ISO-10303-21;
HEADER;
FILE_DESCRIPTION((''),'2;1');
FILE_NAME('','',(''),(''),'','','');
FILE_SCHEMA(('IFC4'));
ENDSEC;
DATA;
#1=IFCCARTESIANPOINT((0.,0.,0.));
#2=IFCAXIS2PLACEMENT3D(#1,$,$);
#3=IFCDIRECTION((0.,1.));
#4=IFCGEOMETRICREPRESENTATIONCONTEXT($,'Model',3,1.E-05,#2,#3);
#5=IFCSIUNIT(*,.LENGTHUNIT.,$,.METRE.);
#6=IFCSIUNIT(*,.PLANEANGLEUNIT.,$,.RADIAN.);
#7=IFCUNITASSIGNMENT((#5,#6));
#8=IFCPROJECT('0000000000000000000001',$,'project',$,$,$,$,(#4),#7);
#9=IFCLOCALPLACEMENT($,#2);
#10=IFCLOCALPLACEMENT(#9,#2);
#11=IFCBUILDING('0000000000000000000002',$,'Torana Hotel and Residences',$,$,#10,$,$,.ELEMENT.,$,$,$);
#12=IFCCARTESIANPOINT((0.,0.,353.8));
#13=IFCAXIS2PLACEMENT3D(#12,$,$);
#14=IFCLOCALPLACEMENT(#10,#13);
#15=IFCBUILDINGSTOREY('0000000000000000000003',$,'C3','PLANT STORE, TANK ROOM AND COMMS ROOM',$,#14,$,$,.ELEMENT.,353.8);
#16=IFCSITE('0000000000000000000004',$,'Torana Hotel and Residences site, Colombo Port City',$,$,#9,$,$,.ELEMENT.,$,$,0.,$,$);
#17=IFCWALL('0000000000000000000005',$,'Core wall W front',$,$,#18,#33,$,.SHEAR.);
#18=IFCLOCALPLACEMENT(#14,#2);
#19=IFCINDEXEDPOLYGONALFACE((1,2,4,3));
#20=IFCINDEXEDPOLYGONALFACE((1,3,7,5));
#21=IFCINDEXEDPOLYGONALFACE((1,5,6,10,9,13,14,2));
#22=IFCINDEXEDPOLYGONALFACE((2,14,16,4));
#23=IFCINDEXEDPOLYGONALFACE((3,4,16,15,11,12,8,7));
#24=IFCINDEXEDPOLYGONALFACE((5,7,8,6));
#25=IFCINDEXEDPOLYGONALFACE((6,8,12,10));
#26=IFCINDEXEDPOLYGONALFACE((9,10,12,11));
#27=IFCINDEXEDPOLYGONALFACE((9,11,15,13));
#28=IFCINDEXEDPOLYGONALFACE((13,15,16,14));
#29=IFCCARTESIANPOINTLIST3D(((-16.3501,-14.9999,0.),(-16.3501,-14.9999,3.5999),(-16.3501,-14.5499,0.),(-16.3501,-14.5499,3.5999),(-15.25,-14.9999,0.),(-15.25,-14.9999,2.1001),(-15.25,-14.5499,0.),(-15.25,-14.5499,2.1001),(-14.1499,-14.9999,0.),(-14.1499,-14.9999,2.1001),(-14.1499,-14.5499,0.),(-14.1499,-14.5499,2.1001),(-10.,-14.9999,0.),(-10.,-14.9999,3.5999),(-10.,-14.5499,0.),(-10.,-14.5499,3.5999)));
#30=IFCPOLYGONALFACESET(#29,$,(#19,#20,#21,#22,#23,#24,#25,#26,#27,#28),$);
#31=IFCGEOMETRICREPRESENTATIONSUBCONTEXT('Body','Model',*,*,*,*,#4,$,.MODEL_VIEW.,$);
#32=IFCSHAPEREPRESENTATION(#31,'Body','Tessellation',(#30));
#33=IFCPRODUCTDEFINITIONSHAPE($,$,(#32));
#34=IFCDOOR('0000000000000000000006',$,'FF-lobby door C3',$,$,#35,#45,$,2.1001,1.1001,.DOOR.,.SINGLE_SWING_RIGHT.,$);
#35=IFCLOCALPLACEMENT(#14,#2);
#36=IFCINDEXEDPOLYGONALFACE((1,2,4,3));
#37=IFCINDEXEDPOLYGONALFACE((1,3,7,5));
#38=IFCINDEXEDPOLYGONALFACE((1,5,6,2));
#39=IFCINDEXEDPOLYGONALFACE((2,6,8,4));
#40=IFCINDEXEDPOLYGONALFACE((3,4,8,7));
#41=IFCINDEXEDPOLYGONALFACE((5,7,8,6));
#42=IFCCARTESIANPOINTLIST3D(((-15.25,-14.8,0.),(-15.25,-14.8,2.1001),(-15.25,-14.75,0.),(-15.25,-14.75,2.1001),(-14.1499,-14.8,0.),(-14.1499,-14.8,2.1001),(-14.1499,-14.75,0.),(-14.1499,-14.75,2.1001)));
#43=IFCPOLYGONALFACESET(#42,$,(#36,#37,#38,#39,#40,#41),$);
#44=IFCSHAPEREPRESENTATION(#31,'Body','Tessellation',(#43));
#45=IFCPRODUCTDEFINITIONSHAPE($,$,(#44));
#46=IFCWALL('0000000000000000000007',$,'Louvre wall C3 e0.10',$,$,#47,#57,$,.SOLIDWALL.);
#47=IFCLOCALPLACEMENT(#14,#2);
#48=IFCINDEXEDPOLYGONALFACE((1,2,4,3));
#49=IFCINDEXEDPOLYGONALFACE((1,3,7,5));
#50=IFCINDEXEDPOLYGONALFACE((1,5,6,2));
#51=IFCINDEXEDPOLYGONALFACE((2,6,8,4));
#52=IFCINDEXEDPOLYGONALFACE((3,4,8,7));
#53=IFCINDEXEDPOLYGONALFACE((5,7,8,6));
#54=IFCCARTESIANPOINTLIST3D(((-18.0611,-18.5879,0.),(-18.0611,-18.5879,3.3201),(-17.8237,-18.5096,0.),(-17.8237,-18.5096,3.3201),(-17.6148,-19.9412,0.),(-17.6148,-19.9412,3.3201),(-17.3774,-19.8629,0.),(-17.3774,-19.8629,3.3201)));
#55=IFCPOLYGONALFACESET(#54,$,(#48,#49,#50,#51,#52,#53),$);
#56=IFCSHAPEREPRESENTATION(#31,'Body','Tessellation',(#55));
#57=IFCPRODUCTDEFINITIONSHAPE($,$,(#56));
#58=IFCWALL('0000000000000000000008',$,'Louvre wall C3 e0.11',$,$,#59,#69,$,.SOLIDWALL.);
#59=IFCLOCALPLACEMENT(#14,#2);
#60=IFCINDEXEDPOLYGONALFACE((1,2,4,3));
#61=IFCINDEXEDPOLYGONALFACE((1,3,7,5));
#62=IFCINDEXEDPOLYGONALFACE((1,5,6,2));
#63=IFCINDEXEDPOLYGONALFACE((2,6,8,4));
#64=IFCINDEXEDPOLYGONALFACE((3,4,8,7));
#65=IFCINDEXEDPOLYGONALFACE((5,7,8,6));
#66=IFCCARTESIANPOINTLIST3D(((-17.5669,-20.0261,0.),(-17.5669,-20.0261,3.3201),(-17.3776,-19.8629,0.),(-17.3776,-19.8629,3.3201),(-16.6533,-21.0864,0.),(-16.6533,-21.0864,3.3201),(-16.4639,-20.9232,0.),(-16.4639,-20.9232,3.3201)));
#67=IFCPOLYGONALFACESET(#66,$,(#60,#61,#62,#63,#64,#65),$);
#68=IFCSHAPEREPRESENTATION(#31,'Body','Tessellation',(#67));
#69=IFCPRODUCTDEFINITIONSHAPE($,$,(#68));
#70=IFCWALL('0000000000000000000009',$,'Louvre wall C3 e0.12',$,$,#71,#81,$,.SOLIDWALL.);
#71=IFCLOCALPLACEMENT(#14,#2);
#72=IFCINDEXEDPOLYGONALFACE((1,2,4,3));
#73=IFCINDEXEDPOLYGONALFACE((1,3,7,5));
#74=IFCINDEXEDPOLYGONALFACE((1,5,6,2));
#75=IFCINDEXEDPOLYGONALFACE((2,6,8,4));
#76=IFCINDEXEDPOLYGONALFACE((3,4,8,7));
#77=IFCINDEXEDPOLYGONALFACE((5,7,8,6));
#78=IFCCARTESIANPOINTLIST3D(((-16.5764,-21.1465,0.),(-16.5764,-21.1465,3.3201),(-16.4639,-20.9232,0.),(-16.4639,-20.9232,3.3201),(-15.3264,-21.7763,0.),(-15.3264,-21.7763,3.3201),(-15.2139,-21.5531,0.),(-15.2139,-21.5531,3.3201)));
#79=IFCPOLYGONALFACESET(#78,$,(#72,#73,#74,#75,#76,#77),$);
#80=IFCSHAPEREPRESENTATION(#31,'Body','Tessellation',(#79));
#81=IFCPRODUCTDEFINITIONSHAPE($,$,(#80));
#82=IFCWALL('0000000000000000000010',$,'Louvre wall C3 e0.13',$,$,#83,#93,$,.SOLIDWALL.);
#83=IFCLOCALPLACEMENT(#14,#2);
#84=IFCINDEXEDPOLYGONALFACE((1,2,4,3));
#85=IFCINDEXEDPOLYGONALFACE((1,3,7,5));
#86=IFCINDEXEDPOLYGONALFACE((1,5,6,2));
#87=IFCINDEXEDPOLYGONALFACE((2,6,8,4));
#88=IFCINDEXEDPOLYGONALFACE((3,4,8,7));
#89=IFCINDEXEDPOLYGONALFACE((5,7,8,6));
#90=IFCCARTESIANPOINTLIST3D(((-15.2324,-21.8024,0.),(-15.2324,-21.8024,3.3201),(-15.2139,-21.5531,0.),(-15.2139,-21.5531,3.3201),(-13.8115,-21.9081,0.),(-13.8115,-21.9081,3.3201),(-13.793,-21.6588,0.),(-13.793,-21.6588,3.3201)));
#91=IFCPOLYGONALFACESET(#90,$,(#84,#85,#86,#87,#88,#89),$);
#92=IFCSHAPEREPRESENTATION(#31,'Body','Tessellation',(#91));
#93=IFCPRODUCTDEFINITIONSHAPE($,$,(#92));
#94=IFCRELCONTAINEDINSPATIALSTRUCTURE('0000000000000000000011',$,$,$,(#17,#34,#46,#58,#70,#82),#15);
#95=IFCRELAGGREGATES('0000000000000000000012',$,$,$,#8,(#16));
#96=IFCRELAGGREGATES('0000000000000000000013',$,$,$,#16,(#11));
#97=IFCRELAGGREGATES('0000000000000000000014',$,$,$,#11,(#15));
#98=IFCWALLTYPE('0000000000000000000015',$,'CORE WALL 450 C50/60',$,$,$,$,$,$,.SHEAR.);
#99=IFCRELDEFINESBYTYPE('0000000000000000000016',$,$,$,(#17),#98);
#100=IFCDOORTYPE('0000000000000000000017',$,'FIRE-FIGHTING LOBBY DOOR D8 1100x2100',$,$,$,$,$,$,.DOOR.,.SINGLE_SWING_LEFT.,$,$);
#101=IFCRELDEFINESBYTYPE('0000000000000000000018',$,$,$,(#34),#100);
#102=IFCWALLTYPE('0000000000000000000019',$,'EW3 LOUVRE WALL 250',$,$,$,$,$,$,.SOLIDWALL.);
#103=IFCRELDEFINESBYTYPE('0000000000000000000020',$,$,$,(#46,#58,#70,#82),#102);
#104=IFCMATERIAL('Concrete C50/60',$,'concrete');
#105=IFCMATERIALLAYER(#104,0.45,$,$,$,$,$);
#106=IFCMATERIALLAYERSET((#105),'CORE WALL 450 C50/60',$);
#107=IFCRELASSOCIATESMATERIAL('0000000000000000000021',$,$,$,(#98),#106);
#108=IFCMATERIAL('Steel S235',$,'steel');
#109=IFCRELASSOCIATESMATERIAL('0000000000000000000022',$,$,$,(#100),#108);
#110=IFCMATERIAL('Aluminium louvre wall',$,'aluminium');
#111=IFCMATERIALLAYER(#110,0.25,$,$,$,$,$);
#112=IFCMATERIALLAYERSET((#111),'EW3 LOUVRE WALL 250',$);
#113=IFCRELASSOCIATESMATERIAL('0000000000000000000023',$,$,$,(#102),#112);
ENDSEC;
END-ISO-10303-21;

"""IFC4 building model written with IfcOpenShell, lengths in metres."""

from ifc_helpers import new_model, si_unit, direction, frame, frame_2d, origin, place, context, subcontext, project, spatial, rectangle, extrude, material, layer, layer_set, type_object, element, fill, save


model = new_model("IFC4")

# Units and contexts
model_context = context("Model", 3, precision=1e-05, world=origin(), true_north=direction((0.0, 1.0)))
body_context = subcontext(model_context, "Body", "Model", "MODEL_VIEW")
ifc_project = project(units=[si_unit("LENGTHUNIT", "METRE"), si_unit("PLANEANGLEUNIT", "RADIAN")], contexts=[model_context])

# Site, building, storey
site_placement = place(None, origin())
site = spatial("IfcSite", under=ifc_project, at=site_placement, Name="Torana Hotel and Residences site, Colombo Port City", CompositionType="ELEMENT", RefElevation=0.0)
building_placement = place(site_placement, origin())
building = spatial("IfcBuilding", under=site, at=building_placement, Name="Torana Hotel and Residences", CompositionType="ELEMENT")
storey_placement = place(building_placement, frame((0.0, 0.0, 353.8)))
storey = spatial("IfcBuildingStorey", under=building, at=storey_placement, Name="C3", Description="PLANT STORE, TANK ROOM AND COMMS ROOM", CompositionType="ELEMENT", Elevation=353.8)

# Wall, opening, door
ifc_material_1 = material(Name="Concrete C50/60", Category="concrete")
ifc_layer_1 = layer(ifc_material_1, 0.45)
ifc_layer_set_1 = layer_set([ifc_layer_1], Name="CORE WALL 450 C50/60")
wall_type_1 = type_object("IfcWallType", Name="CORE WALL 450 C50/60", PredefinedType="SHEAR", material=ifc_layer_set_1)
wall_1_placement = place(storey_placement, frame((-16.3501, -14.7749, 0.0), z_axis=(0.0, 0.0, 1.0), x_axis=(1.0, 0.0, 0.0)))
wall_1 = element("IfcWall", 1, at=wall_1_placement, inside=storey, type_object=wall_type_1, Name="Core wall W front", PredefinedType="SHEAR", context=body_context, shape_type="SweptSolid", body=[
    extrude(rectangle(XDim=6.3501, YDim=0.45, at=frame_2d((3.175, 0.0))), origin(), (0.0, 0.0, 1.0), 3.5999),
])
opening_1_placement = place(wall_1_placement, frame((1.1001, 0.0, 0.0)))
opening_1 = element("IfcOpeningElement", 2, at=opening_1_placement, cuts=wall_1, PredefinedType="OPENING", context=body_context, shape_type="SweptSolid", body=[
    extrude(rectangle(XDim=1.1001, YDim=2.1001, at=frame_2d((0.55, 1.05))), frame((0.0, 0.2349, 0.0), z_axis=(0.0, -1.0, 0.0), x_axis=(1.0, 0.0, 0.0)), (0.0, 0.0, 1.0), 0.47),
])
ifc_material_2 = material(Name="Steel S235", Category="steel")
door_type_1 = type_object("IfcDoorType", Name="FIRE-FIGHTING LOBBY DOOR D8 1100x2100", OperationType="SINGLE_SWING_LEFT", PredefinedType="DOOR", material=ifc_material_2)
door_1_placement = place(opening_1_placement, origin())
door_1 = element("IfcDoor", 3, at=door_1_placement, inside=storey, type_object=door_type_1, Name="FF-lobby door C3", OperationType="SINGLE_SWING_RIGHT", OverallHeight=2.1001, OverallWidth=1.1001, PredefinedType="DOOR", context=body_context, shape_type="SweptSolid", body=[
    extrude(rectangle(XDim=1.1001, YDim=2.1001, at=frame_2d((0.55, 1.05))), frame((0.0, 0.0249, 0.0), z_axis=(0.0, -1.0, 0.0), x_axis=(1.0, 0.0, 0.0)), (0.0, 0.0, 1.0), 0.05),
])
fill(opening_1, door_1)

# Walls
ifc_material_3 = material(Name="Aluminium louvre wall", Category="aluminium")
ifc_layer_2 = layer(ifc_material_3, 0.25)
ifc_layer_set_2 = layer_set([ifc_layer_2], Name="EW3 LOUVRE WALL 250")
wall_type_2 = type_object("IfcWallType", Name="EW3 LOUVRE WALL 250", PredefinedType="SOLIDWALL", material=ifc_layer_set_2)
wall_2_placement = place(storey_placement, frame((-17.9424, -18.5488, 0.0), z_axis=(0.0, 0.0, 1.0), x_axis=(0.313194, -0.949689, 0.0)))
element("IfcWall", 4, at=wall_2_placement, inside=storey, type_object=wall_type_2, Name="Louvre wall C3 e0.10", PredefinedType="SOLIDWALL", context=body_context, shape_type="SweptSolid", body=[
    extrude(rectangle(XDim=1.425, YDim=0.25, at=frame_2d((0.7124, 0.0))), origin(), (0.0, 0.0, 1.0), 3.3201),
])
for number, where, z_axis, x_axis, name in (
    (5, (-17.4722, -19.9446, 0.0), (0.0, 0.0, 1.0), (0.652743, -0.757579, 0.0), "Louvre wall C3 e0.11"),
    (6, (-16.52, -21.0349, 0.0), (0.0, 0.0, 1.0), (0.893027, -0.450002, 0.0), "Louvre wall C3 e0.12"),
):
    element("IfcWall", number, at=place(storey_placement, frame(where, z_axis=z_axis, x_axis=x_axis)), inside=storey, type_object=wall_type_2, Name=name, PredefinedType="SOLIDWALL", context=body_context, shape_type="SweptSolid", body=[
        extrude(rectangle(XDim=1.3997, YDim=0.25, at=frame_2d((0.6997, 0.0))), origin(), (0.0, 0.0, 1.0), 3.3201),
    ])
wall_3_placement = place(storey_placement, frame((-15.2231, -21.6777, 0.0), z_axis=(0.0, 0.0, 1.0), x_axis=(0.997244, -0.074194, 0.0)))
element("IfcWall", 7, at=wall_3_placement, inside=storey, type_object=wall_type_2, Name="Louvre wall C3 e0.13", PredefinedType="SOLIDWALL", context=body_context, shape_type="SweptSolid", body=[
    extrude(rectangle(XDim=1.4248, YDim=0.25, at=frame_2d((0.7124, 0.0))), origin(), (0.0, 0.0, 1.0), 3.3201),
])

save(model, "model.ifc")
